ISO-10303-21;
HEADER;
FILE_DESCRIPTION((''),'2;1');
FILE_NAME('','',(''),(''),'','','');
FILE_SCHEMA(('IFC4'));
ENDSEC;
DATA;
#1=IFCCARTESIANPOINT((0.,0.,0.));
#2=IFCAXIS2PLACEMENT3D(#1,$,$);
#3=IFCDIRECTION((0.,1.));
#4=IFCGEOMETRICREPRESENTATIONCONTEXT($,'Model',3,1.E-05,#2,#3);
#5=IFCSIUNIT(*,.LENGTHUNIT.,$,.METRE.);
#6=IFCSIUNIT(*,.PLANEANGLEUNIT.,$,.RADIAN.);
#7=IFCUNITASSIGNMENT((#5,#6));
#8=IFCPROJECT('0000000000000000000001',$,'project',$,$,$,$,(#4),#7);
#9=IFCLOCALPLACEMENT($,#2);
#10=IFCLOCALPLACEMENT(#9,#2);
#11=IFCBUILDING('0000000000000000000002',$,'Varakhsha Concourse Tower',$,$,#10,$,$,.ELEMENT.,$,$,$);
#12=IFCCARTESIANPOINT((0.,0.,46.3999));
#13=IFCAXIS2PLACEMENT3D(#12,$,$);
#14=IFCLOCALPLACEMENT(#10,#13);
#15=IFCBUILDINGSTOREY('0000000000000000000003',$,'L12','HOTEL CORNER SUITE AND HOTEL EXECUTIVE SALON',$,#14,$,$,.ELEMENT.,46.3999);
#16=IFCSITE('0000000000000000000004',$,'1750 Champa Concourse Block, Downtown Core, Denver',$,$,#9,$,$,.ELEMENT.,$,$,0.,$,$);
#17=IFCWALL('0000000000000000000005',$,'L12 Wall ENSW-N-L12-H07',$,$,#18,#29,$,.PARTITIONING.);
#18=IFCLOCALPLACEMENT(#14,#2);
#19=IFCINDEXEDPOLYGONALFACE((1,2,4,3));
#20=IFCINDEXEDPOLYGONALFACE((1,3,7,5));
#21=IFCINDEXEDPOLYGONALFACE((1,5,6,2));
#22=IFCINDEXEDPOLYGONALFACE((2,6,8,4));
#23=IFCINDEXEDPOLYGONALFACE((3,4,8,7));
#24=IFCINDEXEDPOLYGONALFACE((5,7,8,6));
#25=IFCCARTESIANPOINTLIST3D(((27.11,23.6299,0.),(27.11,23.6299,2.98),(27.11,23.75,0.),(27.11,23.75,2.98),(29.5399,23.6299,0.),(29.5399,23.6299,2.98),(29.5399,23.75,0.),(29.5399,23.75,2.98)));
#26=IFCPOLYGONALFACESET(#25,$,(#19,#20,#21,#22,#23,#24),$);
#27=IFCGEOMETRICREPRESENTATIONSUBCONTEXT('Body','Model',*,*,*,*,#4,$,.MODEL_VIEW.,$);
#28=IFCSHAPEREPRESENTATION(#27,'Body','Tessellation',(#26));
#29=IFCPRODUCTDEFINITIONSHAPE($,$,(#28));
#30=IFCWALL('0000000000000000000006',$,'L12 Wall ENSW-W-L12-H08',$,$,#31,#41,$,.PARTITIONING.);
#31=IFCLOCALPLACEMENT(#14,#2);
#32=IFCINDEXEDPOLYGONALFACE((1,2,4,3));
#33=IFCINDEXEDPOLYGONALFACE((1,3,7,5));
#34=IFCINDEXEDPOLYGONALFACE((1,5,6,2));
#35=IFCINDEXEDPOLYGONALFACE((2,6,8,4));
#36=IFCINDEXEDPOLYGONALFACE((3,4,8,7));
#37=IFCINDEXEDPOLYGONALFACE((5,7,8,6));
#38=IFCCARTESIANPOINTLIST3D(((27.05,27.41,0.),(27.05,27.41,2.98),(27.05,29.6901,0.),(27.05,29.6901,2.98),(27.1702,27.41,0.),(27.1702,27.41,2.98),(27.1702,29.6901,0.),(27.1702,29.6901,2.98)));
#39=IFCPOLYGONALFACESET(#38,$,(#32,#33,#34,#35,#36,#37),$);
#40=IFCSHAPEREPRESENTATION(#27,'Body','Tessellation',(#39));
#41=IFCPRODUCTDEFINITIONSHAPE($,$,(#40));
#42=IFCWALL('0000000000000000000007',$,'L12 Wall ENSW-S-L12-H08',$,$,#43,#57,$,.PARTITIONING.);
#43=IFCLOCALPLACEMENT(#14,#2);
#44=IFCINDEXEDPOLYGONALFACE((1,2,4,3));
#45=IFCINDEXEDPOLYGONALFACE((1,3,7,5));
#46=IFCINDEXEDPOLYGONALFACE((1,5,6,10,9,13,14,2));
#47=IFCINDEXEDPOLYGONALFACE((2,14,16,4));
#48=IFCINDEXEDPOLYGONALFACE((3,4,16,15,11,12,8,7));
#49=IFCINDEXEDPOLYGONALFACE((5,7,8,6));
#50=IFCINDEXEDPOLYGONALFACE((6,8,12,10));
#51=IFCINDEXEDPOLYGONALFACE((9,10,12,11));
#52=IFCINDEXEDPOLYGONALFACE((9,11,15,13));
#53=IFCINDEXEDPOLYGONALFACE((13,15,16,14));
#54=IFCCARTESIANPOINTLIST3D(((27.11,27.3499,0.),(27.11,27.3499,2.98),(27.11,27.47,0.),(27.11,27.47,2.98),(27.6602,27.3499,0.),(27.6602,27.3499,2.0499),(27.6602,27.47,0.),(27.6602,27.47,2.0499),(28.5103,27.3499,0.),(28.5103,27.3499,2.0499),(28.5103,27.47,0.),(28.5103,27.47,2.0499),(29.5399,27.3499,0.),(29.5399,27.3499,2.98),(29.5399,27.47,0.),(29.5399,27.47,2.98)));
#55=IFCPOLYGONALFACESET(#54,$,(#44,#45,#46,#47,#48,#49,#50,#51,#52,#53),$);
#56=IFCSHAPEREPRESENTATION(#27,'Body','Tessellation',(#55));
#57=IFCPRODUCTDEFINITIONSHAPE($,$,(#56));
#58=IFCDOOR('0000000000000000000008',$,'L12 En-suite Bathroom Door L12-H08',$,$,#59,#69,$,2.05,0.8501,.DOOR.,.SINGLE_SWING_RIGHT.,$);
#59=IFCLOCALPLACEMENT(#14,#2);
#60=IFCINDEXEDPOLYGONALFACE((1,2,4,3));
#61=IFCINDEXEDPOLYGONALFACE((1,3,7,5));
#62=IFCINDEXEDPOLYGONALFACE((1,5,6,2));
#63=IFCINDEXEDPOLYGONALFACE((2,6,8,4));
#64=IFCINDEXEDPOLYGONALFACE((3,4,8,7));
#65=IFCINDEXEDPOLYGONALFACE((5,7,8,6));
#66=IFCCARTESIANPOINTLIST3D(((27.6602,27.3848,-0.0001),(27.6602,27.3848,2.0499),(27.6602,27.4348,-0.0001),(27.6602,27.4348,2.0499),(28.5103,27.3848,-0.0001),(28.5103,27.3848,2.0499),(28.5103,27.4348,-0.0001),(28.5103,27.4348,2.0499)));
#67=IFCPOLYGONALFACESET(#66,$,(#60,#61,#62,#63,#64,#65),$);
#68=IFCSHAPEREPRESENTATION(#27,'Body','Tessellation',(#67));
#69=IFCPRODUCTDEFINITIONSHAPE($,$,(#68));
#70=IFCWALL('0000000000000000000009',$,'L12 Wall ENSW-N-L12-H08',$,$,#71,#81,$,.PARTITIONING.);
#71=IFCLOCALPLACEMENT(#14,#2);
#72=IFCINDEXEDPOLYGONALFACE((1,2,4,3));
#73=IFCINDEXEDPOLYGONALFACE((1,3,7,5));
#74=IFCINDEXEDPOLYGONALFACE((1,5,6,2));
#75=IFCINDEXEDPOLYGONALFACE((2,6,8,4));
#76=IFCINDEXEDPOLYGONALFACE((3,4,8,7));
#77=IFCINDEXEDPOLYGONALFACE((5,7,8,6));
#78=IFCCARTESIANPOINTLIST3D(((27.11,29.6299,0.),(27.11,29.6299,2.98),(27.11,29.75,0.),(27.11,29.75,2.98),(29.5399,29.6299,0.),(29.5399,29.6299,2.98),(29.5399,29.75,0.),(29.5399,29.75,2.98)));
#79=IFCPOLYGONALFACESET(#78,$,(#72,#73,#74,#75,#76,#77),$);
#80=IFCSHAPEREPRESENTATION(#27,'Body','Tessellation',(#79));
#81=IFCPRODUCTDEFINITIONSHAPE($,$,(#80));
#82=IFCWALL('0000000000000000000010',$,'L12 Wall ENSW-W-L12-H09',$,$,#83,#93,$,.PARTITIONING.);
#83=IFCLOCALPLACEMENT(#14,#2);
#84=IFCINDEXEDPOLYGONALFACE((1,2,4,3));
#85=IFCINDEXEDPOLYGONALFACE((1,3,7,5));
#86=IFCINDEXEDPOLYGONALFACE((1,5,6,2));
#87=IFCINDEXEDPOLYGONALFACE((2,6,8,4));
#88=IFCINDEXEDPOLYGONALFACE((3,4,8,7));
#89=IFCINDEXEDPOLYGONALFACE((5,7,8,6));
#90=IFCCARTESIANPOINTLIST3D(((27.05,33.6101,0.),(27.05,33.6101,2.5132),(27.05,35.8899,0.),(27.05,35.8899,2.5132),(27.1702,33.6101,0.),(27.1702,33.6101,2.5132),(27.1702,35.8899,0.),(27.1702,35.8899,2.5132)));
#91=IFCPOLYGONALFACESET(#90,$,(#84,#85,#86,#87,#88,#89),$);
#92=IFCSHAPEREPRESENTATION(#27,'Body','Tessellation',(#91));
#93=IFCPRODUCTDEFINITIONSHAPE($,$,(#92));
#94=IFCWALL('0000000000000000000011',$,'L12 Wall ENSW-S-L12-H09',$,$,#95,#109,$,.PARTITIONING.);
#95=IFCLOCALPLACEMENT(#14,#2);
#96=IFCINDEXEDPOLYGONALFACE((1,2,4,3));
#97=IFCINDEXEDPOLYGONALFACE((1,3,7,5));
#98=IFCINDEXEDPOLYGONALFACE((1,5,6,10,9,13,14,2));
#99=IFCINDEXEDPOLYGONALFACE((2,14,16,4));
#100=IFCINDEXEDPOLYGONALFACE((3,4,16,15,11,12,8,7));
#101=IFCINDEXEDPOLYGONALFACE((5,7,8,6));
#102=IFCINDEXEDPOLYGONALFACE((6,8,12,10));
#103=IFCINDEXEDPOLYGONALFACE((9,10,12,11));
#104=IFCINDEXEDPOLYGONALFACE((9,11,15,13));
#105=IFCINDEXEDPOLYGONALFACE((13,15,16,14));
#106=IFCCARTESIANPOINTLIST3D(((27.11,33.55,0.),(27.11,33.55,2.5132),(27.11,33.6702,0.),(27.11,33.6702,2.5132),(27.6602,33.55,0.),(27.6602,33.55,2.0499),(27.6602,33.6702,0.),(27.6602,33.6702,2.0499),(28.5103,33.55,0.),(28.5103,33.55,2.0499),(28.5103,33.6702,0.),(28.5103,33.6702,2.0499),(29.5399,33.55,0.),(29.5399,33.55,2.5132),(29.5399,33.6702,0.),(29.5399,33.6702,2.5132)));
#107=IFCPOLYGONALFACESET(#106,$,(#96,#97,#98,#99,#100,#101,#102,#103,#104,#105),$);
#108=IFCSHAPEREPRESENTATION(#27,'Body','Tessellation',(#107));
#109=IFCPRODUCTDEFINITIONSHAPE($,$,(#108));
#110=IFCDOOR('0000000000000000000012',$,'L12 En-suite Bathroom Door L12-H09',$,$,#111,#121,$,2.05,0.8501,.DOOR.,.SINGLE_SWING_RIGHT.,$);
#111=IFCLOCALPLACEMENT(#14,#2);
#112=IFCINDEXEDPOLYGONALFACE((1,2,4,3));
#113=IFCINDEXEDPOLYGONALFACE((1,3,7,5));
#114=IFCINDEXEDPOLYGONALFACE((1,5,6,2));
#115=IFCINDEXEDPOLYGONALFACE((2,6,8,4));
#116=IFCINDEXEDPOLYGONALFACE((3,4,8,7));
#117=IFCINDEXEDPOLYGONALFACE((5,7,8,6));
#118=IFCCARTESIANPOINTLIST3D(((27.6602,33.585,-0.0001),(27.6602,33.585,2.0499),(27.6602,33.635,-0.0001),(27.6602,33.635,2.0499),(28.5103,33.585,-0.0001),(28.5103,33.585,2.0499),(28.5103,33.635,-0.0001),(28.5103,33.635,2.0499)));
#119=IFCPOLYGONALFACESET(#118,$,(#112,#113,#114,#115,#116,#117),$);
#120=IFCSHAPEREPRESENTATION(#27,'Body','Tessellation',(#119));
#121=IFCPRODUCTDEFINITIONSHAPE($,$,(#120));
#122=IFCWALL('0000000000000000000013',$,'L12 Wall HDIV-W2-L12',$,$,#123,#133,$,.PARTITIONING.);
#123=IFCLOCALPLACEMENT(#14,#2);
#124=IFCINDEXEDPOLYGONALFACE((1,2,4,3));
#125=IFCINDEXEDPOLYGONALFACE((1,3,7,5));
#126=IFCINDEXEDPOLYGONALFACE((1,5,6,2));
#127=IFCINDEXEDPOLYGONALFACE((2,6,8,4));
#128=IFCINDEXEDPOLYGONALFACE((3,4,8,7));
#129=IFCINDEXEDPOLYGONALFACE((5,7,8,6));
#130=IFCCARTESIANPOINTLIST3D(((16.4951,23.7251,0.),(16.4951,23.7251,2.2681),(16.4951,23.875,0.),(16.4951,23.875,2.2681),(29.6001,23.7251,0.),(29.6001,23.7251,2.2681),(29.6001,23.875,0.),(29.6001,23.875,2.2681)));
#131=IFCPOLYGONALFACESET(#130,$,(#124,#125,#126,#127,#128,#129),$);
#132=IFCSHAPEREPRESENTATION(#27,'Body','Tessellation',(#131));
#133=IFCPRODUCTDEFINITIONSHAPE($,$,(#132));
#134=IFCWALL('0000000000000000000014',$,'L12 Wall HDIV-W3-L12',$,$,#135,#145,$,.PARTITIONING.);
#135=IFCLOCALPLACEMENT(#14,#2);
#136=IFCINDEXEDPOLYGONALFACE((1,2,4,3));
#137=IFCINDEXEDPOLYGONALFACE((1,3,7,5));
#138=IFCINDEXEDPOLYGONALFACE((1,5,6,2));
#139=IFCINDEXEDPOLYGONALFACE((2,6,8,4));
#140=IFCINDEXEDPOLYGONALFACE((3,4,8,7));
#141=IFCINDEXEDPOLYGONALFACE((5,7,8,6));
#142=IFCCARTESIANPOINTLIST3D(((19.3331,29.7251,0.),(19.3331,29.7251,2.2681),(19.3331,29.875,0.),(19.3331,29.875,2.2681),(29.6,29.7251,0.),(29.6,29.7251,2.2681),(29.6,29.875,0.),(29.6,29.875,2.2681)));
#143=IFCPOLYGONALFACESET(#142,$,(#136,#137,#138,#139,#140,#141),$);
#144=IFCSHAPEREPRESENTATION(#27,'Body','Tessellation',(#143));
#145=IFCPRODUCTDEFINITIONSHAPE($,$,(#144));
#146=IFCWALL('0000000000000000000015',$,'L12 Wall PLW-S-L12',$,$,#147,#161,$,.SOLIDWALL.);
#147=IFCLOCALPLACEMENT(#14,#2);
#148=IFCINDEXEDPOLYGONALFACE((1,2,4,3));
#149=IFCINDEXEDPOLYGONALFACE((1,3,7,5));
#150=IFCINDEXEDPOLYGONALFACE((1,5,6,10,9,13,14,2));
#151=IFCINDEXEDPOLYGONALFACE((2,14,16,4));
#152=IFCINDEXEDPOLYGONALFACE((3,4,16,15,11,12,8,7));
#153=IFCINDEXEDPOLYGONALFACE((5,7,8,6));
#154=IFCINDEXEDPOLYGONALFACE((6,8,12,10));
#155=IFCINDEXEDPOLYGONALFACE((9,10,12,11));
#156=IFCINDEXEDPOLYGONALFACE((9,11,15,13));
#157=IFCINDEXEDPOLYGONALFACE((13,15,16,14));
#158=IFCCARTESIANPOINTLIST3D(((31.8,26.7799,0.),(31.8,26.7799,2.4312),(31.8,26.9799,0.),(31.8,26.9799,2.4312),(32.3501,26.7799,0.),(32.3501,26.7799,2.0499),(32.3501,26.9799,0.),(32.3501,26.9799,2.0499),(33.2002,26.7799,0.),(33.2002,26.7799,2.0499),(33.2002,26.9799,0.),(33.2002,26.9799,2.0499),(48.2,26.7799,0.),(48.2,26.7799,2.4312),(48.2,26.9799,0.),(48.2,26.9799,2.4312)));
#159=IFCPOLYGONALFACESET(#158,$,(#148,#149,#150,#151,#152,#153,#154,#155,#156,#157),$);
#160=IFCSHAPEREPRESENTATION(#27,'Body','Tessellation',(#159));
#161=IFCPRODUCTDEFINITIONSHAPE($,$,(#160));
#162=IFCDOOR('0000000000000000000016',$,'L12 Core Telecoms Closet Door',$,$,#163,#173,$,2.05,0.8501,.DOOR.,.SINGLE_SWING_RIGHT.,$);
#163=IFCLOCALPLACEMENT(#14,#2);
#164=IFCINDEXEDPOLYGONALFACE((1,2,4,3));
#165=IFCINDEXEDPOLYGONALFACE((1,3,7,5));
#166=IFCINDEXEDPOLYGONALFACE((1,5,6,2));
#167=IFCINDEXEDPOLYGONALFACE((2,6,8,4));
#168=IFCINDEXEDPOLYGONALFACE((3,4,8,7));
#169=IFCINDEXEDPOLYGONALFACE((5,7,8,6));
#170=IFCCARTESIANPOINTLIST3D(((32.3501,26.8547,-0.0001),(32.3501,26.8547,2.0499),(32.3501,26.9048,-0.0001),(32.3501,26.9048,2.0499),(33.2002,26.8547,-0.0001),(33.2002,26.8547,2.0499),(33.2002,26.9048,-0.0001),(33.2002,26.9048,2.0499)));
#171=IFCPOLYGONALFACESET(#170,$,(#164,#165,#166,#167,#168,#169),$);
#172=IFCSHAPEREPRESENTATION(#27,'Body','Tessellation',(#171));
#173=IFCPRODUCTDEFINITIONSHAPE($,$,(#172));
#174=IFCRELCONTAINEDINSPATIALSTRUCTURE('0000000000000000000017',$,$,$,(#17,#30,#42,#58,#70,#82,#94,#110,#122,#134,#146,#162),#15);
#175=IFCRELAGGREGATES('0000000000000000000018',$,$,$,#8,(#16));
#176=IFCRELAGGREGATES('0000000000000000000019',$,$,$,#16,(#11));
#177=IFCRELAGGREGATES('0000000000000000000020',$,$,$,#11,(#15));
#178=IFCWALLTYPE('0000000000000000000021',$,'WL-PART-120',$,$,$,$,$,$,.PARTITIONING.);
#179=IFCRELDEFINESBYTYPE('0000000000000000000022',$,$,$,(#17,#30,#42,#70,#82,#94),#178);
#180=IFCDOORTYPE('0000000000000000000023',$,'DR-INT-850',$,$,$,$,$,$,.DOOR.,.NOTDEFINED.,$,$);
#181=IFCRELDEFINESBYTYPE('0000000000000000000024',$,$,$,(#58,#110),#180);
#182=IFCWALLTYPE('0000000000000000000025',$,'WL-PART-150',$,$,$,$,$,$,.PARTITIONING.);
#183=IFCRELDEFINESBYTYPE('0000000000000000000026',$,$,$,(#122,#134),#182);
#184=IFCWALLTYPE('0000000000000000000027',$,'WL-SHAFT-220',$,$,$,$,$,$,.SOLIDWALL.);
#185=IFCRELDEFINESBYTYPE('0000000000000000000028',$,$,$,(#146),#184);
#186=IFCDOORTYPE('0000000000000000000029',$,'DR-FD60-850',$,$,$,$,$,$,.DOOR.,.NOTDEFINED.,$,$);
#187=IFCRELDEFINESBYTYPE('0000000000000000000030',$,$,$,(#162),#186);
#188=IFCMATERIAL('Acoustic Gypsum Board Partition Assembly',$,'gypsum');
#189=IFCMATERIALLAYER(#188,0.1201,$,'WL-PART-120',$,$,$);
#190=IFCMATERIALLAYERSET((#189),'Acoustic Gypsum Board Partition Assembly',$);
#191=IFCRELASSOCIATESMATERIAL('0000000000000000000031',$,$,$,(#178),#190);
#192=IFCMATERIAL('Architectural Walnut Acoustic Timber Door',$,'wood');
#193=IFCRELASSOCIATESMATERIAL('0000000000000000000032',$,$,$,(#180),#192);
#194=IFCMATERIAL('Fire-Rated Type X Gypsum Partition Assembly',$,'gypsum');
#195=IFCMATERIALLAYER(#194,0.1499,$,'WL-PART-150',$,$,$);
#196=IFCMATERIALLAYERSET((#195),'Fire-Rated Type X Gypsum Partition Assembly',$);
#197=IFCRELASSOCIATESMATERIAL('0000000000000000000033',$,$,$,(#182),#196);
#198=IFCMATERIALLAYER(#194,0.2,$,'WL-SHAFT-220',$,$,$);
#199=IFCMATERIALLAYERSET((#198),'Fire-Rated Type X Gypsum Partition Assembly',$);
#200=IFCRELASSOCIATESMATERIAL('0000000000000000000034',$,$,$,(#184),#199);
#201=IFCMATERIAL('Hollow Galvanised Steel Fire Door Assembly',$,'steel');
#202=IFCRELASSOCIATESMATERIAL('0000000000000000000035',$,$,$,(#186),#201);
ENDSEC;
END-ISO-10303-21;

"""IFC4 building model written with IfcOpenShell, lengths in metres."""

from ifc_helpers import new_model, si_unit, direction, frame, frame_2d, origin, place, context, subcontext, project, spatial, rectangle, extrude, material, layer, layer_set, type_object, element, fill, save


model = new_model("IFC4")

# Units and contexts
model_context = context("Model", 3, precision=1e-05, world=origin(), true_north=direction((0.0, 1.0)))
body_context = subcontext(model_context, "Body", "Model", "MODEL_VIEW")
ifc_project = project(units=[si_unit("LENGTHUNIT", "METRE"), si_unit("PLANEANGLEUNIT", "RADIAN")], contexts=[model_context])

# Site, building, storey
site_placement = place(None, origin())
site = spatial("IfcSite", under=ifc_project, at=site_placement, Name="1750 Champa Concourse Block, Downtown Core, Denver", CompositionType="ELEMENT", RefElevation=0.0)
building_placement = place(site_placement, origin())
building = spatial("IfcBuilding", under=site, at=building_placement, Name="Varakhsha Concourse Tower", CompositionType="ELEMENT")
storey_placement = place(building_placement, frame((0.0, 0.0, 46.3999)))
storey = spatial("IfcBuildingStorey", under=building, at=storey_placement, Name="L12", Description="HOTEL CORNER SUITE AND HOTEL EXECUTIVE SALON", CompositionType="ELEMENT", Elevation=46.3999)

# Walls
ifc_material_1 = material(Name="Acoustic Gypsum Board Partition Assembly", Category="gypsum")
ifc_layer_1 = layer(ifc_material_1, 0.1201, Name="WL-PART-120")
ifc_layer_set_1 = layer_set([ifc_layer_1], Name="Acoustic Gypsum Board Partition Assembly")
wall_type_1 = type_object("IfcWallType", Name="WL-PART-120", PredefinedType="PARTITIONING", material=ifc_layer_set_1)
wall_1_placement = place(storey_placement, frame((27.1101, 23.6899, 0.0), z_axis=(0.0, 0.0, 1.0), x_axis=(1.0, 0.0, 0.0)))
element("IfcWall", 1, at=wall_1_placement, inside=storey, type_object=wall_type_1, Name="L12 Wall ENSW-N-L12-H07", PredefinedType="PARTITIONING", context=body_context, shape_type="SweptSolid", body=[
    extrude(rectangle(XDim=2.4299, YDim=0.1201, at=frame_2d((1.2148, 0.0))), origin(), (0.0, 0.0, 1.0), 2.98),
])
wall_2_placement = place(storey_placement, frame((27.1101, 27.4099, 0.0), z_axis=(0.0, 0.0, 1.0), x_axis=(0.0, 1.0, 0.0)))
element("IfcWall", 2, at=wall_2_placement, inside=storey, type_object=wall_type_1, Name="L12 Wall ENSW-W-L12-H08", PredefinedType="PARTITIONING", context=body_context, shape_type="SweptSolid", body=[
    extrude(rectangle(XDim=2.28, YDim=0.1201, at=frame_2d((1.1401, 0.0))), origin(), (0.0, 0.0, 1.0), 2.98),
])

# Wall, opening, door
wall_3_placement = place(storey_placement, frame((27.1101, 27.4099, 0.0), z_axis=(0.0, 0.0, 1.0), x_axis=(1.0, 0.0, 0.0)))
wall_3 = element("IfcWall", 3, at=wall_3_placement, inside=storey, type_object=wall_type_1, Name="L12 Wall ENSW-S-L12-H08", PredefinedType="PARTITIONING", context=body_context, shape_type="SweptSolid", body=[
    extrude(rectangle(XDim=2.4299, YDim=0.1201, at=frame_2d((1.2148, 0.0))), origin(), (0.0, 0.0, 1.0), 2.98),
])
opening_1_placement = place(wall_3_placement, frame((0.55, 0.0, 0.0)))
opening_1 = element("IfcOpeningElement", 4, at=opening_1_placement, cuts=wall_3, PredefinedType="OPENING", context=body_context, shape_type="SweptSolid", body=[
    extrude(rectangle(XDim=0.8501, YDim=2.05, at=frame_2d((0.425, 1.0249))), frame((0.0, 0.0701, 0.0), z_axis=(0.0, -1.0, 0.0), x_axis=(1.0, 0.0, 0.0)), (0.0, 0.0, 1.0), 0.1401),
])
ifc_material_2 = material(Name="Architectural Walnut Acoustic Timber Door", Category="wood")
door_type_1 = type_object("IfcDoorType", Name="DR-INT-850", OperationType="NOTDEFINED", PredefinedType="DOOR", material=ifc_material_2)
door_1_placement = place(opening_1_placement, origin())
door_1 = element("IfcDoor", 5, at=door_1_placement, inside=storey, type_object=door_type_1, Name="L12 En-suite Bathroom Door L12-H08", OperationType="SINGLE_SWING_RIGHT", OverallHeight=2.05, OverallWidth=0.8501, PredefinedType="DOOR", context=body_context, shape_type="SweptSolid", body=[
    extrude(rectangle(XDim=0.8501, YDim=2.05, at=frame_2d((0.425, 1.0249))), frame((0.0, 0.0249, 0.0), z_axis=(0.0, -1.0, 0.0), x_axis=(1.0, 0.0, 0.0)), (0.0, 0.0, 1.0), 0.05),
])
fill(opening_1, door_1)

# Walls
wall_4_placement = place(storey_placement, frame((27.1101, 29.6899, 0.0), z_axis=(0.0, 0.0, 1.0), x_axis=(1.0, 0.0, 0.0)))
element("IfcWall", 6, at=wall_4_placement, inside=storey, type_object=wall_type_1, Name="L12 Wall ENSW-N-L12-H08", PredefinedType="PARTITIONING", context=body_context, shape_type="SweptSolid", body=[
    extrude(rectangle(XDim=2.4299, YDim=0.1201, at=frame_2d((1.2148, 0.0))), origin(), (0.0, 0.0, 1.0), 2.98),
])
wall_5_placement = place(storey_placement, frame((27.1101, 33.6101, 0.0), z_axis=(0.0, 0.0, 1.0), x_axis=(0.0, 1.0, 0.0)))
element("IfcWall", 7, at=wall_5_placement, inside=storey, type_object=wall_type_1, Name="L12 Wall ENSW-W-L12-H09", PredefinedType="PARTITIONING", context=body_context, shape_type="SweptSolid", body=[
    extrude(rectangle(XDim=2.2798, YDim=0.1201, at=frame_2d((1.1399, 0.0))), origin(), (0.0, 0.0, 1.0), 2.5132),
])

# Wall, opening, door
wall_6_placement = place(storey_placement, frame((27.1101, 33.6101, 0.0), z_axis=(0.0, 0.0, 1.0), x_axis=(1.0, 0.0, 0.0)))
wall_6 = element("IfcWall", 8, at=wall_6_placement, inside=storey, type_object=wall_type_1, Name="L12 Wall ENSW-S-L12-H09", PredefinedType="PARTITIONING", context=body_context, shape_type="SweptSolid", body=[
    extrude(rectangle(XDim=2.4299, YDim=0.1201, at=frame_2d((1.2148, 0.0))), origin(), (0.0, 0.0, 1.0), 2.5132),
])
opening_2_placement = place(wall_6_placement, frame((0.55, 0.0, 0.0)))
opening_2 = element("IfcOpeningElement", 9, at=opening_2_placement, cuts=wall_6, PredefinedType="OPENING", context=body_context, shape_type="SweptSolid", body=[
    extrude(rectangle(XDim=0.8501, YDim=2.05, at=frame_2d((0.425, 1.0249))), frame((0.0, 0.0701, 0.0), z_axis=(0.0, -1.0, 0.0), x_axis=(1.0, 0.0, 0.0)), (0.0, 0.0, 1.0), 0.1401),
])
door_2_placement = place(opening_2_placement, origin())
door_2 = element("IfcDoor", 10, at=door_2_placement, inside=storey, type_object=door_type_1, Name="L12 En-suite Bathroom Door L12-H09", OperationType="SINGLE_SWING_RIGHT", OverallHeight=2.05, OverallWidth=0.8501, PredefinedType="DOOR", context=body_context, shape_type="SweptSolid", body=[
    extrude(rectangle(XDim=0.8501, YDim=2.05, at=frame_2d((0.425, 1.0249))), frame((0.0, 0.0249, 0.0), z_axis=(0.0, -1.0, 0.0), x_axis=(1.0, 0.0, 0.0)), (0.0, 0.0, 1.0), 0.05),
])
fill(opening_2, door_2)

# Walls
ifc_material_3 = material(Name="Fire-Rated Type X Gypsum Partition Assembly", Category="gypsum")
ifc_layer_2 = layer(ifc_material_3, 0.1499, Name="WL-PART-150")
ifc_layer_set_2 = layer_set([ifc_layer_2], Name="Fire-Rated Type X Gypsum Partition Assembly")
wall_type_2 = type_object("IfcWallType", Name="WL-PART-150", PredefinedType="PARTITIONING", material=ifc_layer_set_2)
wall_7_placement = place(storey_placement, frame((16.4951, 23.8, 0.0), z_axis=(0.0, 0.0, 1.0), x_axis=(1.0, 0.0, 0.0)))
element("IfcWall", 11, at=wall_7_placement, inside=storey, type_object=wall_type_2, Name="L12 Wall HDIV-W2-L12", PredefinedType="PARTITIONING", context=body_context, shape_type="SweptSolid", body=[
    extrude(rectangle(XDim=13.105, YDim=0.1499, at=frame_2d((6.5525, 0.0))), origin(), (0.0, 0.0, 1.0), 2.2681),
])
wall_8_placement = place(storey_placement, frame((19.3333, 29.8, 0.0), z_axis=(0.0, 0.0, 1.0), x_axis=(1.0, 0.0, 0.0)))
element("IfcWall", 12, at=wall_8_placement, inside=storey, type_object=wall_type_2, Name="L12 Wall HDIV-W3-L12", PredefinedType="PARTITIONING", context=body_context, shape_type="SweptSolid", body=[
    extrude(rectangle(XDim=10.2668, YDim=0.1499, at=frame_2d((5.1333, 0.0))), origin(), (0.0, 0.0, 1.0), 2.2681),
])

# Wall, opening, door
ifc_layer_3 = layer(ifc_material_3, 0.2, Name="WL-SHAFT-220")
ifc_layer_set_3 = layer_set([ifc_layer_3], Name="Fire-Rated Type X Gypsum Partition Assembly")
wall_type_3 = type_object("IfcWallType", Name="WL-SHAFT-220", PredefinedType="SOLIDWALL", material=ifc_layer_set_3)
wall_9_placement = place(storey_placement, frame((31.8, 26.8799, 0.0), z_axis=(0.0, 0.0, 1.0), x_axis=(1.0, 0.0, 0.0)))
wall_9 = element("IfcWall", 13, at=wall_9_placement, inside=storey, type_object=wall_type_3, Name="L12 Wall PLW-S-L12", PredefinedType="SOLIDWALL", context=body_context, shape_type="SweptSolid", body=[
    extrude(rectangle(XDim=16.3999, YDim=0.2, at=frame_2d((8.2, 0.0))), origin(), (0.0, 0.0, 1.0), 2.4312),
])
opening_3_placement = place(wall_9_placement, frame((0.55, 0.0, 0.0)))
opening_3 = element("IfcOpeningElement", 14, at=opening_3_placement, cuts=wall_9, PredefinedType="OPENING", context=body_context, shape_type="SweptSolid", body=[
    extrude(rectangle(XDim=0.8501, YDim=2.05, at=frame_2d((0.425, 1.0249))), frame((0.0, 0.1099, 0.0), z_axis=(0.0, -1.0, 0.0), x_axis=(1.0, 0.0, 0.0)), (0.0, 0.0, 1.0), 0.22),
])
ifc_material_4 = material(Name="Hollow Galvanised Steel Fire Door Assembly", Category="steel")
door_type_2 = type_object("IfcDoorType", Name="DR-FD60-850", OperationType="NOTDEFINED", PredefinedType="DOOR", material=ifc_material_4)
door_3_placement = place(opening_3_placement, origin())
door_3 = element("IfcDoor", 15, at=door_3_placement, inside=storey, type_object=door_type_2, Name="L12 Core Telecoms Closet Door", OperationType="SINGLE_SWING_RIGHT", OverallHeight=2.05, OverallWidth=0.8501, PredefinedType="DOOR", context=body_context, shape_type="SweptSolid", body=[
    extrude(rectangle(XDim=0.8501, YDim=2.05, at=frame_2d((0.425, 1.0249))), frame((0.0, 0.0249, 0.0), z_axis=(0.0, -1.0, 0.0), x_axis=(1.0, 0.0, 0.0)), (0.0, 0.0, 1.0), 0.05),
])
fill(opening_3, door_3)

save(model, "model.ifc")
